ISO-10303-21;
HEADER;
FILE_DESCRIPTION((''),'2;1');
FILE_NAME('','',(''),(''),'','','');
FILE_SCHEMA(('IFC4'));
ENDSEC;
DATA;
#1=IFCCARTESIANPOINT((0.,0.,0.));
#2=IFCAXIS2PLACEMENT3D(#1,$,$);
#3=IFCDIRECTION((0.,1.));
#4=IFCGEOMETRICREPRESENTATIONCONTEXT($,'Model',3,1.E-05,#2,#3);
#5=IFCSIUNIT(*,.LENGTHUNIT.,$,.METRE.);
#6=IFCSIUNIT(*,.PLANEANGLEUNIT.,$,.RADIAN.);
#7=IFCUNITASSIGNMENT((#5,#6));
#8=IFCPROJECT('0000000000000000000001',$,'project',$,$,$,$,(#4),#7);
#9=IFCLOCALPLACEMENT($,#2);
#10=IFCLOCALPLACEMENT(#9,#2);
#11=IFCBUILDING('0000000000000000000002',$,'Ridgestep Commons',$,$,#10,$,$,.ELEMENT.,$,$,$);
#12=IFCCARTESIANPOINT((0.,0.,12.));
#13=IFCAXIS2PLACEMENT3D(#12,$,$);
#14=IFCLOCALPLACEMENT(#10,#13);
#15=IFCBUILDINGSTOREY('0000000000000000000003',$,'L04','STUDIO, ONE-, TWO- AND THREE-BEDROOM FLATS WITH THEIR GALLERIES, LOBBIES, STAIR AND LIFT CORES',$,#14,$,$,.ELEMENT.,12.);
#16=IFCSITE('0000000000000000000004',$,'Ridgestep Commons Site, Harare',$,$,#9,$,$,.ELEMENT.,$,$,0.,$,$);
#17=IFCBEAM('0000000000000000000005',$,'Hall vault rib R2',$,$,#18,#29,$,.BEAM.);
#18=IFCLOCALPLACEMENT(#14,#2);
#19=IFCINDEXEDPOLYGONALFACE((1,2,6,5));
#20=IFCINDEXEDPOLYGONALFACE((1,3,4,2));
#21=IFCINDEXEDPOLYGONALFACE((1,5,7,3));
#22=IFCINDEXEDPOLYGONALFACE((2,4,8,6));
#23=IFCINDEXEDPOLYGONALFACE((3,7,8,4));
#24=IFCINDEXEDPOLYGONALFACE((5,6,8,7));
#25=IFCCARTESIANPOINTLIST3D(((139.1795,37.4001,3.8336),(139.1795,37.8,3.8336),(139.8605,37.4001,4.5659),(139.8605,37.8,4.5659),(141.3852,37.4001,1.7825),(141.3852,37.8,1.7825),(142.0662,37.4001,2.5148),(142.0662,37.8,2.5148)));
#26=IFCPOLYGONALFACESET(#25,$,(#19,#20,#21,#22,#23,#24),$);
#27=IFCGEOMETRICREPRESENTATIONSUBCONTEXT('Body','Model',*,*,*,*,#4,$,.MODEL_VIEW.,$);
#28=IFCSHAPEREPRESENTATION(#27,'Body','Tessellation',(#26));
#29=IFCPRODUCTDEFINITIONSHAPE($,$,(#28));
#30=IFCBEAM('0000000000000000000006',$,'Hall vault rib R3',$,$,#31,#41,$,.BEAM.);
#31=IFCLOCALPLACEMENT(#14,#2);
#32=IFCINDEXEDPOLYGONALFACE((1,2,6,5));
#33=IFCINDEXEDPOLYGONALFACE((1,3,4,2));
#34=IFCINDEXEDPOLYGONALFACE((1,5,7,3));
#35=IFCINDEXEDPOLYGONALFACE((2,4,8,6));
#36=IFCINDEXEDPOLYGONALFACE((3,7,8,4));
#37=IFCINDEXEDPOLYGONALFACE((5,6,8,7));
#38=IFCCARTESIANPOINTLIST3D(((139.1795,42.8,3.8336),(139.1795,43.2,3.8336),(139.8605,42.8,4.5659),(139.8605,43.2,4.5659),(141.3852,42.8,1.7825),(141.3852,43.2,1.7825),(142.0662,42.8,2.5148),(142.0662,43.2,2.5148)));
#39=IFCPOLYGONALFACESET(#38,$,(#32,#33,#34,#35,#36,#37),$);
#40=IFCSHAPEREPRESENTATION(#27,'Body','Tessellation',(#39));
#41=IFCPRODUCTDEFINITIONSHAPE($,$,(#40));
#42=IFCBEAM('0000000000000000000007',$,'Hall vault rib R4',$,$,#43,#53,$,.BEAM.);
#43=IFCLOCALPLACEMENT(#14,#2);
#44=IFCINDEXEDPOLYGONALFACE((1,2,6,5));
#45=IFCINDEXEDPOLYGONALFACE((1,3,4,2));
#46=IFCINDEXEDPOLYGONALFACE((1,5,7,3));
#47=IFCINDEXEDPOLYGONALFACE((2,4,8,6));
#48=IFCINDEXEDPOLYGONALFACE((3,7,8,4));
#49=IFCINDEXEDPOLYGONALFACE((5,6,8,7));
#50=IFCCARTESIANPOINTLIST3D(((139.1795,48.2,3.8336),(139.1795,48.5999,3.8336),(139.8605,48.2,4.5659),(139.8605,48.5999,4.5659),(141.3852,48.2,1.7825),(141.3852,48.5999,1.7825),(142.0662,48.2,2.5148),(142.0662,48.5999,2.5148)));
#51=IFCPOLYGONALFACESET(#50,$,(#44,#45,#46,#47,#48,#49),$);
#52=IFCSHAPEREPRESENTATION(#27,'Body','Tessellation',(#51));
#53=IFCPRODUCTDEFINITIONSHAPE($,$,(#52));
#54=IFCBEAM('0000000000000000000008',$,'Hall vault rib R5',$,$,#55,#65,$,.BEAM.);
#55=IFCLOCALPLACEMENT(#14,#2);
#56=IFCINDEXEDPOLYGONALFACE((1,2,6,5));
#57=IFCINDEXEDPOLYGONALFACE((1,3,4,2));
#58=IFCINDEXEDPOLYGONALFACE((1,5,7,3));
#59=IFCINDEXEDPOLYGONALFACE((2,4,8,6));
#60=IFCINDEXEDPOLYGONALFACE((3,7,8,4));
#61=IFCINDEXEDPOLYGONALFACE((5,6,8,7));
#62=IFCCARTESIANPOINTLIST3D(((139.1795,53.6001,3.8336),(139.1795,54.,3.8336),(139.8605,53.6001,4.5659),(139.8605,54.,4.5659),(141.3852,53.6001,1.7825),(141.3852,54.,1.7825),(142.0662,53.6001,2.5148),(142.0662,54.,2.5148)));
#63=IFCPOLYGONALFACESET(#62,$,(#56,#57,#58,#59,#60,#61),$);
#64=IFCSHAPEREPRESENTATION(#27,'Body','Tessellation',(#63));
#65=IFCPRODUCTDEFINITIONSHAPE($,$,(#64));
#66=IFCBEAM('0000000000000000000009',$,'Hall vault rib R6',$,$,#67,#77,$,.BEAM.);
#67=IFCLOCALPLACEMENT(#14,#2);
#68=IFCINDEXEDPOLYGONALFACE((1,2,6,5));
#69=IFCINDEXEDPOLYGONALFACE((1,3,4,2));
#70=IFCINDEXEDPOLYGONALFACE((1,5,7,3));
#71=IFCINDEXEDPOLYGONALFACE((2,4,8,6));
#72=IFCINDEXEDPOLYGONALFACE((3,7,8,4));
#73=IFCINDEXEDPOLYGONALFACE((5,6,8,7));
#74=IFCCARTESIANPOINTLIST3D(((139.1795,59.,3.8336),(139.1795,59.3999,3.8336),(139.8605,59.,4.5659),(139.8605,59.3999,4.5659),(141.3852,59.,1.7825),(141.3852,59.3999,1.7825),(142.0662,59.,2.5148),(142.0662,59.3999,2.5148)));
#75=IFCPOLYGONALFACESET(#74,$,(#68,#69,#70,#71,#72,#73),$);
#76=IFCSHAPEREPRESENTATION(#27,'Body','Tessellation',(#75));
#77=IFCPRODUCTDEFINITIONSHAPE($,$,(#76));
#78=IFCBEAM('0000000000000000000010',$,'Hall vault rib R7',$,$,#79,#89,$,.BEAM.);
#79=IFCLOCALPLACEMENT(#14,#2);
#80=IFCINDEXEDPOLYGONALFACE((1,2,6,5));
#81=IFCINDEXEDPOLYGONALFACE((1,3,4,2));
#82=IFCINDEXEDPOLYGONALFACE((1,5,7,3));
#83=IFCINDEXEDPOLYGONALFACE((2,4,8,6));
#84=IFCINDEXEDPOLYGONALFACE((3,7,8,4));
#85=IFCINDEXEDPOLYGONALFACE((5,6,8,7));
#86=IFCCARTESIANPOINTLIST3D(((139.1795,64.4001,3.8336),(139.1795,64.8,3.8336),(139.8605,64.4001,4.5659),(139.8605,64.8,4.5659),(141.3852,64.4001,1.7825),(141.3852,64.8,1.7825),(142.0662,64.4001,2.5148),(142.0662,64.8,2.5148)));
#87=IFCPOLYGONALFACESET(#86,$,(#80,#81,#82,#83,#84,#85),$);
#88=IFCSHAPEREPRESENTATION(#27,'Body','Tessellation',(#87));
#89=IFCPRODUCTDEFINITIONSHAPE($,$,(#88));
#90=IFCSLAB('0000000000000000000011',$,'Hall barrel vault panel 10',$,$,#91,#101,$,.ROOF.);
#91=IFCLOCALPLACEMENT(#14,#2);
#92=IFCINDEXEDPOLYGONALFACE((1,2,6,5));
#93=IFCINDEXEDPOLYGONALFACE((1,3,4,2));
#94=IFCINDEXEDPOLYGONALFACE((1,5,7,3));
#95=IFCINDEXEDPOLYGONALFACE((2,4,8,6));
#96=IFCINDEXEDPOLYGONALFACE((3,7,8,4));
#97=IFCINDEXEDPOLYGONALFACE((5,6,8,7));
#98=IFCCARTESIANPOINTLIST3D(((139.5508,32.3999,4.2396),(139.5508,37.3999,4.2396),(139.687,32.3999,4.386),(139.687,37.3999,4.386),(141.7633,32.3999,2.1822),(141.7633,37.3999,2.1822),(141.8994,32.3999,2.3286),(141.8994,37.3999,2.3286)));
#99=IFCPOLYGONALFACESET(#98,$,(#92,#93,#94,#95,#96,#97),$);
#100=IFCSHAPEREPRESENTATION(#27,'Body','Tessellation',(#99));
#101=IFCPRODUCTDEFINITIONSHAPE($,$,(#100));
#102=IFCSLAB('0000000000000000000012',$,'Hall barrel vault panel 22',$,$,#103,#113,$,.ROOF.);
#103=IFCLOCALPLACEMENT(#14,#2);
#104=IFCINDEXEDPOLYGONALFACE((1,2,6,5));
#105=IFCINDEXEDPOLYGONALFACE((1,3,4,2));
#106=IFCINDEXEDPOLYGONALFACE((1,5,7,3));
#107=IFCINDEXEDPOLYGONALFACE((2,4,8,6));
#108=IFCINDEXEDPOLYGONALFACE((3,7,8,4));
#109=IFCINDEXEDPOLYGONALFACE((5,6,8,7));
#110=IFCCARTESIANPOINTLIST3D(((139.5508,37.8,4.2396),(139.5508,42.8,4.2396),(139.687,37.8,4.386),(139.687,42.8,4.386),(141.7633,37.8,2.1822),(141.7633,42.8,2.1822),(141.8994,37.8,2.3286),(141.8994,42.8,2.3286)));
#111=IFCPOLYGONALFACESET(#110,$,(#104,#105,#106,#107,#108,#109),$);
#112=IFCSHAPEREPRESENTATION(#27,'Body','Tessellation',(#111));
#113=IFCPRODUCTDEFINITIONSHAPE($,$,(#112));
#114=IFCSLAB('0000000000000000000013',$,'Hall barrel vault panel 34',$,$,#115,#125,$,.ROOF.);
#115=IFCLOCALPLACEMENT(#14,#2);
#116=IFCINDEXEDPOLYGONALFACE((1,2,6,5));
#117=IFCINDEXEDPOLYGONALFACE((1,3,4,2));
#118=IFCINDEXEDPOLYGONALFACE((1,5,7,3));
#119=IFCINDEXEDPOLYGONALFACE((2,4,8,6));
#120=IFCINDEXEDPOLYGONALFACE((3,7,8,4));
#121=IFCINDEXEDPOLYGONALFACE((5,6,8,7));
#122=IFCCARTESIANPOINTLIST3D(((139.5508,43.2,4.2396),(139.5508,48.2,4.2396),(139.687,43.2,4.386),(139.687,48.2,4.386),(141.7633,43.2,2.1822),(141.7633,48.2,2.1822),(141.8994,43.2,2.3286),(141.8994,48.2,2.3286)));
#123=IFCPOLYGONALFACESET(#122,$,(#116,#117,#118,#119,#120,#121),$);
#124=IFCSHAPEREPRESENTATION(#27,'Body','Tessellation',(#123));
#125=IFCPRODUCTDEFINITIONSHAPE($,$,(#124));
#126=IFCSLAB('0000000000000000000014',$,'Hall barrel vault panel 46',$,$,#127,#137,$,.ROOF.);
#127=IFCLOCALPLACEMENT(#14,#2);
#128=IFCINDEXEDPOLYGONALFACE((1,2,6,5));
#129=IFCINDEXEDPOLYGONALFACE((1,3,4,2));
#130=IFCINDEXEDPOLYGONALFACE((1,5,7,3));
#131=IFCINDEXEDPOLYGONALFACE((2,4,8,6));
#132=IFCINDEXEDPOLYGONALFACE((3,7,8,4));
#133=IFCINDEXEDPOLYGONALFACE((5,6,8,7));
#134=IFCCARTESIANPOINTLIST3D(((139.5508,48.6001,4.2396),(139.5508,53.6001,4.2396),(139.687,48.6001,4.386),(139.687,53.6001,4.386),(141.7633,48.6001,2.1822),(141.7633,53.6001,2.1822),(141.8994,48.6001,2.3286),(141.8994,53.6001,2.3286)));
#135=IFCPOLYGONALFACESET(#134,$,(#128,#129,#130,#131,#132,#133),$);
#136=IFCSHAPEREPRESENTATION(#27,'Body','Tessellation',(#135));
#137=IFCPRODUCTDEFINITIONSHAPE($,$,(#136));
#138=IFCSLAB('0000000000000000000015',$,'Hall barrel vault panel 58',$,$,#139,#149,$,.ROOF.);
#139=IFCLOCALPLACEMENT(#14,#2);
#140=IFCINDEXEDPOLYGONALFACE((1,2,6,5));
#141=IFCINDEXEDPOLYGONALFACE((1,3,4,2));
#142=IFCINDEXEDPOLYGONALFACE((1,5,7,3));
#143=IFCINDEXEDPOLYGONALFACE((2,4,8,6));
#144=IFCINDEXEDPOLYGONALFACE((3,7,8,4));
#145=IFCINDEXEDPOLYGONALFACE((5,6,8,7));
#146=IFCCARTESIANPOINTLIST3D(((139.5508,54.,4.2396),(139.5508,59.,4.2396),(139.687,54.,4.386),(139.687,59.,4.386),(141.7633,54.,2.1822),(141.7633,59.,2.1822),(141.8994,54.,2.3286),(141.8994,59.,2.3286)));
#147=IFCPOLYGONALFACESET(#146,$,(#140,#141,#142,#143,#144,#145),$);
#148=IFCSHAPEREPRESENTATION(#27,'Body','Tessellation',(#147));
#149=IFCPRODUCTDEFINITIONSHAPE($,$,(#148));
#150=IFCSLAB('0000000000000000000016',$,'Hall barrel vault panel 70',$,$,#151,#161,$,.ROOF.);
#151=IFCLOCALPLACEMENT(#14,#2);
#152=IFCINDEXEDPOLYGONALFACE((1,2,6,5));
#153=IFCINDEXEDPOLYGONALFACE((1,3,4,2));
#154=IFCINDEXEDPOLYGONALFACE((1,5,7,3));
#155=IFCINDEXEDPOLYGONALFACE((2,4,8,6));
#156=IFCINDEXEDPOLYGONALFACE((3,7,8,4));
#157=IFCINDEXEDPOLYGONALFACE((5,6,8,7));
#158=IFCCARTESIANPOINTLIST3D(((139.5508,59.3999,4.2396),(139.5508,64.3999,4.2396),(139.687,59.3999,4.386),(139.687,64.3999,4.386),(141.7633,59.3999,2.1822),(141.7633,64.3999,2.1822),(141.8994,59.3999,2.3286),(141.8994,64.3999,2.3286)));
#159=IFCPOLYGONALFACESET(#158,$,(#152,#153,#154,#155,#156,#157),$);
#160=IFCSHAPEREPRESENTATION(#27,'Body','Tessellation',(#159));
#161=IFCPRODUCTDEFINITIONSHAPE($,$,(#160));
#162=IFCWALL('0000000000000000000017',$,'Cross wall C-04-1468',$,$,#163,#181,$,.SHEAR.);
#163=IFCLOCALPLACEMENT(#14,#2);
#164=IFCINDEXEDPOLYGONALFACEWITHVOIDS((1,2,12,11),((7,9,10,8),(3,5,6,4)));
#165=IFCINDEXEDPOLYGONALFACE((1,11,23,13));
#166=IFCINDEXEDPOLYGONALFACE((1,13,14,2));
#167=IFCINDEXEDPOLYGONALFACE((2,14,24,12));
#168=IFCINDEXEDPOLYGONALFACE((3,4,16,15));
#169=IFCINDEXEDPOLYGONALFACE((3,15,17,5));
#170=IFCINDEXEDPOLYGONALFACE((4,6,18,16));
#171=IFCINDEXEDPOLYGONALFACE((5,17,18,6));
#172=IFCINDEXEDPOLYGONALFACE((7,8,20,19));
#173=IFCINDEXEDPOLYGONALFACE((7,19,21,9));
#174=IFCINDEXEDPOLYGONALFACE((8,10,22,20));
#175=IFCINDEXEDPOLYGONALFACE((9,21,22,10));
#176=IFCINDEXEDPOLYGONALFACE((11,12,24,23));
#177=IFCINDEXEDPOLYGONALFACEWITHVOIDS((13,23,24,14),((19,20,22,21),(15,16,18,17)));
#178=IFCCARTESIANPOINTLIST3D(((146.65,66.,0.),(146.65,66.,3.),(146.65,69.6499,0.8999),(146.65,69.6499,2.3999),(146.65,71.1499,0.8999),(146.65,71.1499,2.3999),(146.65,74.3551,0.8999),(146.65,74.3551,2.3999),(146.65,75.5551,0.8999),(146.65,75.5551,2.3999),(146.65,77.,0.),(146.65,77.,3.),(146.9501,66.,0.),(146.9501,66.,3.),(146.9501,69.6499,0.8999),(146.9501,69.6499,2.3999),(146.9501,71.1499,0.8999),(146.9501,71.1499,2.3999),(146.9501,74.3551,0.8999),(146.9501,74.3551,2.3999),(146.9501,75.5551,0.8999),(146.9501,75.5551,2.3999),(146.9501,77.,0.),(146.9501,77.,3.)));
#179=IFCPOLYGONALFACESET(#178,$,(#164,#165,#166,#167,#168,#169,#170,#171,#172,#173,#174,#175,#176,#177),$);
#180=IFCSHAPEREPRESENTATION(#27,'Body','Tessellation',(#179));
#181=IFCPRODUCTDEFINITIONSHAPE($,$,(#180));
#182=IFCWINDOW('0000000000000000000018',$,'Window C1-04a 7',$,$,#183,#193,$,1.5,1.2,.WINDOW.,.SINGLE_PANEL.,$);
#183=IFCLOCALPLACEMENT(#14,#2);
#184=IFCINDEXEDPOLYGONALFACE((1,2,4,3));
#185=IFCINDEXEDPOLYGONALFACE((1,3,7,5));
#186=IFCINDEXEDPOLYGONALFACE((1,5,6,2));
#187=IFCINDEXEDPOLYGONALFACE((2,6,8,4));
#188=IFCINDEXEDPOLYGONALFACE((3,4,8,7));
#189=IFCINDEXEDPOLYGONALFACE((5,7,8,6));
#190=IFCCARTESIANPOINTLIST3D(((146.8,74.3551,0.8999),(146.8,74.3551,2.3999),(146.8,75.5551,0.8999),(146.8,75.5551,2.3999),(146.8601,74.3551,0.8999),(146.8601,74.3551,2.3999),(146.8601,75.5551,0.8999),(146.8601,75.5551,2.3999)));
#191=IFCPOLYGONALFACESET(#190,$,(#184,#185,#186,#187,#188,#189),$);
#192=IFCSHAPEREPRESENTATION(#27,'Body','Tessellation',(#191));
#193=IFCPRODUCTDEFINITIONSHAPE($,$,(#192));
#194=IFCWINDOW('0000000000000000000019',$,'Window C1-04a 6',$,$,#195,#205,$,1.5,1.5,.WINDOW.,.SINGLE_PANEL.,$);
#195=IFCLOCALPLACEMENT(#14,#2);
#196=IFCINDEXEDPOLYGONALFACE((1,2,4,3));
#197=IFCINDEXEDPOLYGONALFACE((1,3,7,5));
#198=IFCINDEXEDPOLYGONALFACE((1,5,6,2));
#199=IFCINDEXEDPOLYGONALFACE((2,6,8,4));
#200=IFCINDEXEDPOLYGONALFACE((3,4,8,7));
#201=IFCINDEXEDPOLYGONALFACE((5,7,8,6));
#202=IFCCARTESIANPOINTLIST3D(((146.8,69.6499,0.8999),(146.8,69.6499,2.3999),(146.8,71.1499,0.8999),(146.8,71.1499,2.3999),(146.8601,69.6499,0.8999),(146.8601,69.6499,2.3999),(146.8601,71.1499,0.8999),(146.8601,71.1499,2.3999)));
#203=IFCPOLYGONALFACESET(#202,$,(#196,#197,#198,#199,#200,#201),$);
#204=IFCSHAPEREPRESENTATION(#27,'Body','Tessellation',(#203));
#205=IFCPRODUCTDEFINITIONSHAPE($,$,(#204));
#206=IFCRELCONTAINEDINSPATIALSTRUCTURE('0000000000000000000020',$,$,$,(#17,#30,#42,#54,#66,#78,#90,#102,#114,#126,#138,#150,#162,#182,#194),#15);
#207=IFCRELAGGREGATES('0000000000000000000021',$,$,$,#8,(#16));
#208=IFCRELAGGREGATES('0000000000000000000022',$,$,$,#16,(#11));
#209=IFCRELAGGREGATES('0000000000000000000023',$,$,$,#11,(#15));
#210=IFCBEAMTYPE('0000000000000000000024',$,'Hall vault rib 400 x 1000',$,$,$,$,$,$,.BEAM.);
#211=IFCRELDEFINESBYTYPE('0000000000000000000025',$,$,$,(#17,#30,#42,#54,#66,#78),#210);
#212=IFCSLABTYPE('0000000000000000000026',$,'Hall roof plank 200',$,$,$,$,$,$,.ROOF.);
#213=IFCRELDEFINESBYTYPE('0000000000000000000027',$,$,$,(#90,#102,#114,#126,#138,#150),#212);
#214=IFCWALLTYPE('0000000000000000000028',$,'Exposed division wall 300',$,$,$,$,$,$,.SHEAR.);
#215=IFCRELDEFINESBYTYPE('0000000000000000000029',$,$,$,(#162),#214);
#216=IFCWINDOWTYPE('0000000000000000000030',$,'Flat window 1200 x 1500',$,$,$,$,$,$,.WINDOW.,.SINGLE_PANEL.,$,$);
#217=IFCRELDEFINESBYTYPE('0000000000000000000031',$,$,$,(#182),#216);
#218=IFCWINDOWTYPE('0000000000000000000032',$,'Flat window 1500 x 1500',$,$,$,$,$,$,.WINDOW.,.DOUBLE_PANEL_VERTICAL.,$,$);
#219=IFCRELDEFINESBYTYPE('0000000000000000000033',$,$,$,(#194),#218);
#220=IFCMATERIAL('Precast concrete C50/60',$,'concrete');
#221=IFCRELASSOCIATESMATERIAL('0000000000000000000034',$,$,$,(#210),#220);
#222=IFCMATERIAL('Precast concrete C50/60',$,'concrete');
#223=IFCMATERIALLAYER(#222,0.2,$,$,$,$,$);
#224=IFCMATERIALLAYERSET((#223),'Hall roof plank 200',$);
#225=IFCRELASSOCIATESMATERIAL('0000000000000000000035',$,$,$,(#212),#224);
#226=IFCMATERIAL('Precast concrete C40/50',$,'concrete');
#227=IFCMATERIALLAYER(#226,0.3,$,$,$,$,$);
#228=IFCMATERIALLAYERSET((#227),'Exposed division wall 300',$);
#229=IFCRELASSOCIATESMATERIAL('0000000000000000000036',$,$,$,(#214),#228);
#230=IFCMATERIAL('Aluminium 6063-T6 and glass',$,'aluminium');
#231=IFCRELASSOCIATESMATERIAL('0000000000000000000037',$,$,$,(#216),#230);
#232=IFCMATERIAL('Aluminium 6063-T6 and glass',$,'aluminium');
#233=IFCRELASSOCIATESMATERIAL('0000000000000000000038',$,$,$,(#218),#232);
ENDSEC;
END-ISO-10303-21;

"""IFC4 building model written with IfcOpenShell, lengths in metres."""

from ifc_helpers import new_model, si_unit, direction, frame, frame_2d, origin, origin_2d, place, context, subcontext, project, spatial, polyline, rectangle, outline, extrude, material, layer, layer_set, material_profile, profile_set, type_object, element, fill, save


model = new_model("IFC4")

# Units and contexts
model_context = context("Model", 3, precision=1e-05, world=origin(), true_north=direction((0.0, 1.0)))
body_context = subcontext(model_context, "Body", "Model", "MODEL_VIEW")
ifc_project = project(units=[si_unit("LENGTHUNIT", "METRE"), si_unit("PLANEANGLEUNIT", "RADIAN")], contexts=[model_context])

# Site, building, storey
site_placement = place(None, origin())
site = spatial("IfcSite", under=ifc_project, at=site_placement, Name="Ridgestep Commons Site, Harare", CompositionType="ELEMENT", RefElevation=0.0)
building_placement = place(site_placement, origin())
building = spatial("IfcBuilding", under=site, at=building_placement, Name="Ridgestep Commons", CompositionType="ELEMENT")
storey_placement = place(building_placement, frame((0.0, 0.0, 12.0)))
storey = spatial("IfcBuildingStorey", under=building, at=storey_placement, Name="L04", Description="STUDIO, ONE-, TWO- AND THREE-BEDROOM FLATS WITH THEIR GALLERIES, LOBBIES, STAIR AND LIFT CORES", CompositionType="ELEMENT", Elevation=12.0)

# Beams
ifc_material_1 = material(Name="Precast concrete C50/60", Category="concrete")
ifc_material_profile = material_profile(ifc_material_1, rectangle(XDim=0.3999, YDim=1.0, at=origin_2d()), Name="Hall vault rib 400 x 1000")
ifc_profile_set = profile_set([ifc_material_profile], Name="Precast concrete C50/60")
beam_type = type_object("IfcBeamType", Name="Hall vault rib 400 x 1000", PredefinedType="BEAM", material=ifc_profile_set)
for number, where, z_axis, x_axis, name in (
    (1, (139.52, 37.6001, 4.1997), (0.732297, 0.0, -0.680986), (0.0, 1.0, 0.0), "Hall vault rib R2"),
    (2, (139.52, 43.0, 4.1997), (0.732297, 0.0, -0.680986), (0.0, 1.0, 0.0), "Hall vault rib R3"),
    (3, (139.52, 48.3999, 4.1997), (0.732297, 0.0, -0.680986), (0.0, 1.0, 0.0), "Hall vault rib R4"),
    (4, (139.52, 53.8, 4.1997), (0.732297, 0.0, -0.680986), (0.0, 1.0, 0.0), "Hall vault rib R5"),
    (5, (139.52, 59.2, 4.1997), (0.732297, 0.0, -0.680986), (0.0, 1.0, 0.0), "Hall vault rib R6"),
    (6, (139.52, 64.6001, 4.1997), (0.732297, 0.0, -0.680986), (0.0, 1.0, 0.0), "Hall vault rib R7"),
):
    element("IfcBeam", number, at=place(storey_placement, frame(where, z_axis=z_axis, x_axis=x_axis)), inside=storey, type_object=beam_type, Name=name, PredefinedType="BEAM", context=body_context, shape_type="SweptSolid", body=[
        extrude(rectangle(XDim=0.3999, YDim=1.0, at=origin_2d()), origin(), (0.0, 0.0, 1.0), 3.012),
    ])

# Slabs
ifc_material_2 = material(Name="Precast concrete C50/60", Category="concrete")
ifc_layer_1 = layer(ifc_material_2, 0.2)
ifc_layer_set_1 = layer_set([ifc_layer_1], Name="Hall roof plank 200")
slab_type = type_object("IfcSlabType", Name="Hall roof plank 200", PredefinedType="ROOF", material=ifc_layer_set_1)
for number, where, z_axis, x_axis, name in (
    (7, (139.687, 32.3999, 4.386), (0.680984, 0.0, 0.732298), (0.732298, 0.0, -0.680984), "Hall barrel vault panel 10"),
    (8, (139.687, 37.8, 4.386), (0.680984, 0.0, 0.732298), (0.732298, 0.0, -0.680984), "Hall barrel vault panel 22"),
    (9, (139.687, 43.2, 4.386), (0.680984, 0.0, 0.732298), (0.732298, 0.0, -0.680984), "Hall barrel vault panel 34"),
    (10, (139.687, 48.6001, 4.386), (0.680984, 0.0, 0.732298), (0.732298, 0.0, -0.680984), "Hall barrel vault panel 46"),
    (11, (139.687, 54.0, 4.386), (0.680984, 0.0, 0.732298), (0.732298, 0.0, -0.680984), "Hall barrel vault panel 58"),
    (12, (139.687, 59.3999, 4.386), (0.680984, 0.0, 0.732298), (0.732298, 0.0, -0.680984), "Hall barrel vault panel 70"),
):
    element("IfcSlab", number, at=place(storey_placement, frame(where, z_axis=z_axis, x_axis=x_axis)), inside=storey, type_object=slab_type, Name=name, PredefinedType="ROOF", context=body_context, shape_type="SweptSolid", body=[
        extrude(outline(polyline([(0.0, 0.0), (3.0212, 0.0), (3.0212, 5.0), (0.0, 5.0), (0.0, 0.0)])), origin(), (0.0, 0.0, -1.0), 0.2),
    ])

# Wall, openings, windows
ifc_material_3 = material(Name="Precast concrete C40/50", Category="concrete")
ifc_layer_2 = layer(ifc_material_3, 0.3)
ifc_layer_set_2 = layer_set([ifc_layer_2], Name="Exposed division wall 300")
wall_type = type_object("IfcWallType", Name="Exposed division wall 300", PredefinedType="SHEAR", material=ifc_layer_set_2)
wall_placement = place(storey_placement, frame((146.8, 66.0, 0.0), z_axis=(0.0, 0.0, 1.0), x_axis=(0.0, 1.0, 0.0)))
wall = element("IfcWall", 13, at=wall_placement, inside=storey, type_object=wall_type, Name="Cross wall C-04-1468", PredefinedType="SHEAR", context=body_context, shape_type="SweptSolid", body=[
    extrude(rectangle(XDim=11.0, YDim=0.3, at=frame_2d((5.5, 0.0))), origin(), (0.0, 0.0, 1.0), 3.0),
])
opening_1_placement = place(wall_placement, frame((3.6499, 0.0, 0.8999)))
opening_1 = element("IfcOpeningElement", 14, at=opening_1_placement, cuts=wall, PredefinedType="OPENING", context=body_context, shape_type="SweptSolid", body=[
    extrude(rectangle(XDim=1.5, YDim=1.5, at=frame_2d((0.75, 0.75))), frame((0.0, 0.1599, 0.0), z_axis=(0.0, -1.0, 0.0), x_axis=(1.0, 0.0, 0.0)), (0.0, 0.0, 1.0), 0.3201),
])
opening_2_placement = place(wall_placement, frame((8.355, 0.0, 0.8999)))
opening_2 = element("IfcOpeningElement", 15, at=opening_2_placement, cuts=wall, PredefinedType="OPENING", context=body_context, shape_type="SweptSolid", body=[
    extrude(rectangle(XDim=1.2, YDim=1.5, at=frame_2d((0.6001, 0.75))), frame((0.0, 0.1599, 0.0), z_axis=(0.0, -1.0, 0.0), x_axis=(1.0, 0.0, 0.0)), (0.0, 0.0, 1.0), 0.3201),
])
ifc_material_4 = material(Name="Aluminium 6063-T6 and glass", Category="aluminium")
window_type_1 = type_object("IfcWindowType", Name="Flat window 1200 x 1500", PartitioningType="SINGLE_PANEL", PredefinedType="WINDOW", material=ifc_material_4)
window_1_placement = place(opening_2_placement, origin())
window_1 = element("IfcWindow", 16, at=window_1_placement, inside=storey, type_object=window_type_1, Name="Window C1-04a 7", OverallHeight=1.5, OverallWidth=1.2, PartitioningType="SINGLE_PANEL", PredefinedType="WINDOW", context=body_context, shape_type="SweptSolid", body=[
    extrude(rectangle(XDim=1.2, YDim=1.5, at=frame_2d((0.6001, 0.75))), frame((0.0, 0.0, 0.0), z_axis=(0.0, -1.0, 0.0), x_axis=(1.0, 0.0, 0.0)), (0.0, 0.0, 1.0), 0.0601),
])
fill(opening_2, window_1)
ifc_material_5 = material(Name="Aluminium 6063-T6 and glass", Category="aluminium")
window_type_2 = type_object("IfcWindowType", Name="Flat window 1500 x 1500", PartitioningType="DOUBLE_PANEL_VERTICAL", PredefinedType="WINDOW", material=ifc_material_5)
window_2_placement = place(opening_1_placement, origin())
window_2 = element("IfcWindow", 17, at=window_2_placement, inside=storey, type_object=window_type_2, Name="Window C1-04a 6", OverallHeight=1.5, OverallWidth=1.5, PartitioningType="SINGLE_PANEL", PredefinedType="WINDOW", context=body_context, shape_type="SweptSolid", body=[
    extrude(rectangle(XDim=1.5, YDim=1.5, at=frame_2d((0.75, 0.75))), frame((0.0, 0.0, 0.0), z_axis=(0.0, -1.0, 0.0), x_axis=(1.0, 0.0, 0.0)), (0.0, 0.0, 1.0), 0.0601),
])
fill(opening_1, window_2)

save(model, "model.ifc")
